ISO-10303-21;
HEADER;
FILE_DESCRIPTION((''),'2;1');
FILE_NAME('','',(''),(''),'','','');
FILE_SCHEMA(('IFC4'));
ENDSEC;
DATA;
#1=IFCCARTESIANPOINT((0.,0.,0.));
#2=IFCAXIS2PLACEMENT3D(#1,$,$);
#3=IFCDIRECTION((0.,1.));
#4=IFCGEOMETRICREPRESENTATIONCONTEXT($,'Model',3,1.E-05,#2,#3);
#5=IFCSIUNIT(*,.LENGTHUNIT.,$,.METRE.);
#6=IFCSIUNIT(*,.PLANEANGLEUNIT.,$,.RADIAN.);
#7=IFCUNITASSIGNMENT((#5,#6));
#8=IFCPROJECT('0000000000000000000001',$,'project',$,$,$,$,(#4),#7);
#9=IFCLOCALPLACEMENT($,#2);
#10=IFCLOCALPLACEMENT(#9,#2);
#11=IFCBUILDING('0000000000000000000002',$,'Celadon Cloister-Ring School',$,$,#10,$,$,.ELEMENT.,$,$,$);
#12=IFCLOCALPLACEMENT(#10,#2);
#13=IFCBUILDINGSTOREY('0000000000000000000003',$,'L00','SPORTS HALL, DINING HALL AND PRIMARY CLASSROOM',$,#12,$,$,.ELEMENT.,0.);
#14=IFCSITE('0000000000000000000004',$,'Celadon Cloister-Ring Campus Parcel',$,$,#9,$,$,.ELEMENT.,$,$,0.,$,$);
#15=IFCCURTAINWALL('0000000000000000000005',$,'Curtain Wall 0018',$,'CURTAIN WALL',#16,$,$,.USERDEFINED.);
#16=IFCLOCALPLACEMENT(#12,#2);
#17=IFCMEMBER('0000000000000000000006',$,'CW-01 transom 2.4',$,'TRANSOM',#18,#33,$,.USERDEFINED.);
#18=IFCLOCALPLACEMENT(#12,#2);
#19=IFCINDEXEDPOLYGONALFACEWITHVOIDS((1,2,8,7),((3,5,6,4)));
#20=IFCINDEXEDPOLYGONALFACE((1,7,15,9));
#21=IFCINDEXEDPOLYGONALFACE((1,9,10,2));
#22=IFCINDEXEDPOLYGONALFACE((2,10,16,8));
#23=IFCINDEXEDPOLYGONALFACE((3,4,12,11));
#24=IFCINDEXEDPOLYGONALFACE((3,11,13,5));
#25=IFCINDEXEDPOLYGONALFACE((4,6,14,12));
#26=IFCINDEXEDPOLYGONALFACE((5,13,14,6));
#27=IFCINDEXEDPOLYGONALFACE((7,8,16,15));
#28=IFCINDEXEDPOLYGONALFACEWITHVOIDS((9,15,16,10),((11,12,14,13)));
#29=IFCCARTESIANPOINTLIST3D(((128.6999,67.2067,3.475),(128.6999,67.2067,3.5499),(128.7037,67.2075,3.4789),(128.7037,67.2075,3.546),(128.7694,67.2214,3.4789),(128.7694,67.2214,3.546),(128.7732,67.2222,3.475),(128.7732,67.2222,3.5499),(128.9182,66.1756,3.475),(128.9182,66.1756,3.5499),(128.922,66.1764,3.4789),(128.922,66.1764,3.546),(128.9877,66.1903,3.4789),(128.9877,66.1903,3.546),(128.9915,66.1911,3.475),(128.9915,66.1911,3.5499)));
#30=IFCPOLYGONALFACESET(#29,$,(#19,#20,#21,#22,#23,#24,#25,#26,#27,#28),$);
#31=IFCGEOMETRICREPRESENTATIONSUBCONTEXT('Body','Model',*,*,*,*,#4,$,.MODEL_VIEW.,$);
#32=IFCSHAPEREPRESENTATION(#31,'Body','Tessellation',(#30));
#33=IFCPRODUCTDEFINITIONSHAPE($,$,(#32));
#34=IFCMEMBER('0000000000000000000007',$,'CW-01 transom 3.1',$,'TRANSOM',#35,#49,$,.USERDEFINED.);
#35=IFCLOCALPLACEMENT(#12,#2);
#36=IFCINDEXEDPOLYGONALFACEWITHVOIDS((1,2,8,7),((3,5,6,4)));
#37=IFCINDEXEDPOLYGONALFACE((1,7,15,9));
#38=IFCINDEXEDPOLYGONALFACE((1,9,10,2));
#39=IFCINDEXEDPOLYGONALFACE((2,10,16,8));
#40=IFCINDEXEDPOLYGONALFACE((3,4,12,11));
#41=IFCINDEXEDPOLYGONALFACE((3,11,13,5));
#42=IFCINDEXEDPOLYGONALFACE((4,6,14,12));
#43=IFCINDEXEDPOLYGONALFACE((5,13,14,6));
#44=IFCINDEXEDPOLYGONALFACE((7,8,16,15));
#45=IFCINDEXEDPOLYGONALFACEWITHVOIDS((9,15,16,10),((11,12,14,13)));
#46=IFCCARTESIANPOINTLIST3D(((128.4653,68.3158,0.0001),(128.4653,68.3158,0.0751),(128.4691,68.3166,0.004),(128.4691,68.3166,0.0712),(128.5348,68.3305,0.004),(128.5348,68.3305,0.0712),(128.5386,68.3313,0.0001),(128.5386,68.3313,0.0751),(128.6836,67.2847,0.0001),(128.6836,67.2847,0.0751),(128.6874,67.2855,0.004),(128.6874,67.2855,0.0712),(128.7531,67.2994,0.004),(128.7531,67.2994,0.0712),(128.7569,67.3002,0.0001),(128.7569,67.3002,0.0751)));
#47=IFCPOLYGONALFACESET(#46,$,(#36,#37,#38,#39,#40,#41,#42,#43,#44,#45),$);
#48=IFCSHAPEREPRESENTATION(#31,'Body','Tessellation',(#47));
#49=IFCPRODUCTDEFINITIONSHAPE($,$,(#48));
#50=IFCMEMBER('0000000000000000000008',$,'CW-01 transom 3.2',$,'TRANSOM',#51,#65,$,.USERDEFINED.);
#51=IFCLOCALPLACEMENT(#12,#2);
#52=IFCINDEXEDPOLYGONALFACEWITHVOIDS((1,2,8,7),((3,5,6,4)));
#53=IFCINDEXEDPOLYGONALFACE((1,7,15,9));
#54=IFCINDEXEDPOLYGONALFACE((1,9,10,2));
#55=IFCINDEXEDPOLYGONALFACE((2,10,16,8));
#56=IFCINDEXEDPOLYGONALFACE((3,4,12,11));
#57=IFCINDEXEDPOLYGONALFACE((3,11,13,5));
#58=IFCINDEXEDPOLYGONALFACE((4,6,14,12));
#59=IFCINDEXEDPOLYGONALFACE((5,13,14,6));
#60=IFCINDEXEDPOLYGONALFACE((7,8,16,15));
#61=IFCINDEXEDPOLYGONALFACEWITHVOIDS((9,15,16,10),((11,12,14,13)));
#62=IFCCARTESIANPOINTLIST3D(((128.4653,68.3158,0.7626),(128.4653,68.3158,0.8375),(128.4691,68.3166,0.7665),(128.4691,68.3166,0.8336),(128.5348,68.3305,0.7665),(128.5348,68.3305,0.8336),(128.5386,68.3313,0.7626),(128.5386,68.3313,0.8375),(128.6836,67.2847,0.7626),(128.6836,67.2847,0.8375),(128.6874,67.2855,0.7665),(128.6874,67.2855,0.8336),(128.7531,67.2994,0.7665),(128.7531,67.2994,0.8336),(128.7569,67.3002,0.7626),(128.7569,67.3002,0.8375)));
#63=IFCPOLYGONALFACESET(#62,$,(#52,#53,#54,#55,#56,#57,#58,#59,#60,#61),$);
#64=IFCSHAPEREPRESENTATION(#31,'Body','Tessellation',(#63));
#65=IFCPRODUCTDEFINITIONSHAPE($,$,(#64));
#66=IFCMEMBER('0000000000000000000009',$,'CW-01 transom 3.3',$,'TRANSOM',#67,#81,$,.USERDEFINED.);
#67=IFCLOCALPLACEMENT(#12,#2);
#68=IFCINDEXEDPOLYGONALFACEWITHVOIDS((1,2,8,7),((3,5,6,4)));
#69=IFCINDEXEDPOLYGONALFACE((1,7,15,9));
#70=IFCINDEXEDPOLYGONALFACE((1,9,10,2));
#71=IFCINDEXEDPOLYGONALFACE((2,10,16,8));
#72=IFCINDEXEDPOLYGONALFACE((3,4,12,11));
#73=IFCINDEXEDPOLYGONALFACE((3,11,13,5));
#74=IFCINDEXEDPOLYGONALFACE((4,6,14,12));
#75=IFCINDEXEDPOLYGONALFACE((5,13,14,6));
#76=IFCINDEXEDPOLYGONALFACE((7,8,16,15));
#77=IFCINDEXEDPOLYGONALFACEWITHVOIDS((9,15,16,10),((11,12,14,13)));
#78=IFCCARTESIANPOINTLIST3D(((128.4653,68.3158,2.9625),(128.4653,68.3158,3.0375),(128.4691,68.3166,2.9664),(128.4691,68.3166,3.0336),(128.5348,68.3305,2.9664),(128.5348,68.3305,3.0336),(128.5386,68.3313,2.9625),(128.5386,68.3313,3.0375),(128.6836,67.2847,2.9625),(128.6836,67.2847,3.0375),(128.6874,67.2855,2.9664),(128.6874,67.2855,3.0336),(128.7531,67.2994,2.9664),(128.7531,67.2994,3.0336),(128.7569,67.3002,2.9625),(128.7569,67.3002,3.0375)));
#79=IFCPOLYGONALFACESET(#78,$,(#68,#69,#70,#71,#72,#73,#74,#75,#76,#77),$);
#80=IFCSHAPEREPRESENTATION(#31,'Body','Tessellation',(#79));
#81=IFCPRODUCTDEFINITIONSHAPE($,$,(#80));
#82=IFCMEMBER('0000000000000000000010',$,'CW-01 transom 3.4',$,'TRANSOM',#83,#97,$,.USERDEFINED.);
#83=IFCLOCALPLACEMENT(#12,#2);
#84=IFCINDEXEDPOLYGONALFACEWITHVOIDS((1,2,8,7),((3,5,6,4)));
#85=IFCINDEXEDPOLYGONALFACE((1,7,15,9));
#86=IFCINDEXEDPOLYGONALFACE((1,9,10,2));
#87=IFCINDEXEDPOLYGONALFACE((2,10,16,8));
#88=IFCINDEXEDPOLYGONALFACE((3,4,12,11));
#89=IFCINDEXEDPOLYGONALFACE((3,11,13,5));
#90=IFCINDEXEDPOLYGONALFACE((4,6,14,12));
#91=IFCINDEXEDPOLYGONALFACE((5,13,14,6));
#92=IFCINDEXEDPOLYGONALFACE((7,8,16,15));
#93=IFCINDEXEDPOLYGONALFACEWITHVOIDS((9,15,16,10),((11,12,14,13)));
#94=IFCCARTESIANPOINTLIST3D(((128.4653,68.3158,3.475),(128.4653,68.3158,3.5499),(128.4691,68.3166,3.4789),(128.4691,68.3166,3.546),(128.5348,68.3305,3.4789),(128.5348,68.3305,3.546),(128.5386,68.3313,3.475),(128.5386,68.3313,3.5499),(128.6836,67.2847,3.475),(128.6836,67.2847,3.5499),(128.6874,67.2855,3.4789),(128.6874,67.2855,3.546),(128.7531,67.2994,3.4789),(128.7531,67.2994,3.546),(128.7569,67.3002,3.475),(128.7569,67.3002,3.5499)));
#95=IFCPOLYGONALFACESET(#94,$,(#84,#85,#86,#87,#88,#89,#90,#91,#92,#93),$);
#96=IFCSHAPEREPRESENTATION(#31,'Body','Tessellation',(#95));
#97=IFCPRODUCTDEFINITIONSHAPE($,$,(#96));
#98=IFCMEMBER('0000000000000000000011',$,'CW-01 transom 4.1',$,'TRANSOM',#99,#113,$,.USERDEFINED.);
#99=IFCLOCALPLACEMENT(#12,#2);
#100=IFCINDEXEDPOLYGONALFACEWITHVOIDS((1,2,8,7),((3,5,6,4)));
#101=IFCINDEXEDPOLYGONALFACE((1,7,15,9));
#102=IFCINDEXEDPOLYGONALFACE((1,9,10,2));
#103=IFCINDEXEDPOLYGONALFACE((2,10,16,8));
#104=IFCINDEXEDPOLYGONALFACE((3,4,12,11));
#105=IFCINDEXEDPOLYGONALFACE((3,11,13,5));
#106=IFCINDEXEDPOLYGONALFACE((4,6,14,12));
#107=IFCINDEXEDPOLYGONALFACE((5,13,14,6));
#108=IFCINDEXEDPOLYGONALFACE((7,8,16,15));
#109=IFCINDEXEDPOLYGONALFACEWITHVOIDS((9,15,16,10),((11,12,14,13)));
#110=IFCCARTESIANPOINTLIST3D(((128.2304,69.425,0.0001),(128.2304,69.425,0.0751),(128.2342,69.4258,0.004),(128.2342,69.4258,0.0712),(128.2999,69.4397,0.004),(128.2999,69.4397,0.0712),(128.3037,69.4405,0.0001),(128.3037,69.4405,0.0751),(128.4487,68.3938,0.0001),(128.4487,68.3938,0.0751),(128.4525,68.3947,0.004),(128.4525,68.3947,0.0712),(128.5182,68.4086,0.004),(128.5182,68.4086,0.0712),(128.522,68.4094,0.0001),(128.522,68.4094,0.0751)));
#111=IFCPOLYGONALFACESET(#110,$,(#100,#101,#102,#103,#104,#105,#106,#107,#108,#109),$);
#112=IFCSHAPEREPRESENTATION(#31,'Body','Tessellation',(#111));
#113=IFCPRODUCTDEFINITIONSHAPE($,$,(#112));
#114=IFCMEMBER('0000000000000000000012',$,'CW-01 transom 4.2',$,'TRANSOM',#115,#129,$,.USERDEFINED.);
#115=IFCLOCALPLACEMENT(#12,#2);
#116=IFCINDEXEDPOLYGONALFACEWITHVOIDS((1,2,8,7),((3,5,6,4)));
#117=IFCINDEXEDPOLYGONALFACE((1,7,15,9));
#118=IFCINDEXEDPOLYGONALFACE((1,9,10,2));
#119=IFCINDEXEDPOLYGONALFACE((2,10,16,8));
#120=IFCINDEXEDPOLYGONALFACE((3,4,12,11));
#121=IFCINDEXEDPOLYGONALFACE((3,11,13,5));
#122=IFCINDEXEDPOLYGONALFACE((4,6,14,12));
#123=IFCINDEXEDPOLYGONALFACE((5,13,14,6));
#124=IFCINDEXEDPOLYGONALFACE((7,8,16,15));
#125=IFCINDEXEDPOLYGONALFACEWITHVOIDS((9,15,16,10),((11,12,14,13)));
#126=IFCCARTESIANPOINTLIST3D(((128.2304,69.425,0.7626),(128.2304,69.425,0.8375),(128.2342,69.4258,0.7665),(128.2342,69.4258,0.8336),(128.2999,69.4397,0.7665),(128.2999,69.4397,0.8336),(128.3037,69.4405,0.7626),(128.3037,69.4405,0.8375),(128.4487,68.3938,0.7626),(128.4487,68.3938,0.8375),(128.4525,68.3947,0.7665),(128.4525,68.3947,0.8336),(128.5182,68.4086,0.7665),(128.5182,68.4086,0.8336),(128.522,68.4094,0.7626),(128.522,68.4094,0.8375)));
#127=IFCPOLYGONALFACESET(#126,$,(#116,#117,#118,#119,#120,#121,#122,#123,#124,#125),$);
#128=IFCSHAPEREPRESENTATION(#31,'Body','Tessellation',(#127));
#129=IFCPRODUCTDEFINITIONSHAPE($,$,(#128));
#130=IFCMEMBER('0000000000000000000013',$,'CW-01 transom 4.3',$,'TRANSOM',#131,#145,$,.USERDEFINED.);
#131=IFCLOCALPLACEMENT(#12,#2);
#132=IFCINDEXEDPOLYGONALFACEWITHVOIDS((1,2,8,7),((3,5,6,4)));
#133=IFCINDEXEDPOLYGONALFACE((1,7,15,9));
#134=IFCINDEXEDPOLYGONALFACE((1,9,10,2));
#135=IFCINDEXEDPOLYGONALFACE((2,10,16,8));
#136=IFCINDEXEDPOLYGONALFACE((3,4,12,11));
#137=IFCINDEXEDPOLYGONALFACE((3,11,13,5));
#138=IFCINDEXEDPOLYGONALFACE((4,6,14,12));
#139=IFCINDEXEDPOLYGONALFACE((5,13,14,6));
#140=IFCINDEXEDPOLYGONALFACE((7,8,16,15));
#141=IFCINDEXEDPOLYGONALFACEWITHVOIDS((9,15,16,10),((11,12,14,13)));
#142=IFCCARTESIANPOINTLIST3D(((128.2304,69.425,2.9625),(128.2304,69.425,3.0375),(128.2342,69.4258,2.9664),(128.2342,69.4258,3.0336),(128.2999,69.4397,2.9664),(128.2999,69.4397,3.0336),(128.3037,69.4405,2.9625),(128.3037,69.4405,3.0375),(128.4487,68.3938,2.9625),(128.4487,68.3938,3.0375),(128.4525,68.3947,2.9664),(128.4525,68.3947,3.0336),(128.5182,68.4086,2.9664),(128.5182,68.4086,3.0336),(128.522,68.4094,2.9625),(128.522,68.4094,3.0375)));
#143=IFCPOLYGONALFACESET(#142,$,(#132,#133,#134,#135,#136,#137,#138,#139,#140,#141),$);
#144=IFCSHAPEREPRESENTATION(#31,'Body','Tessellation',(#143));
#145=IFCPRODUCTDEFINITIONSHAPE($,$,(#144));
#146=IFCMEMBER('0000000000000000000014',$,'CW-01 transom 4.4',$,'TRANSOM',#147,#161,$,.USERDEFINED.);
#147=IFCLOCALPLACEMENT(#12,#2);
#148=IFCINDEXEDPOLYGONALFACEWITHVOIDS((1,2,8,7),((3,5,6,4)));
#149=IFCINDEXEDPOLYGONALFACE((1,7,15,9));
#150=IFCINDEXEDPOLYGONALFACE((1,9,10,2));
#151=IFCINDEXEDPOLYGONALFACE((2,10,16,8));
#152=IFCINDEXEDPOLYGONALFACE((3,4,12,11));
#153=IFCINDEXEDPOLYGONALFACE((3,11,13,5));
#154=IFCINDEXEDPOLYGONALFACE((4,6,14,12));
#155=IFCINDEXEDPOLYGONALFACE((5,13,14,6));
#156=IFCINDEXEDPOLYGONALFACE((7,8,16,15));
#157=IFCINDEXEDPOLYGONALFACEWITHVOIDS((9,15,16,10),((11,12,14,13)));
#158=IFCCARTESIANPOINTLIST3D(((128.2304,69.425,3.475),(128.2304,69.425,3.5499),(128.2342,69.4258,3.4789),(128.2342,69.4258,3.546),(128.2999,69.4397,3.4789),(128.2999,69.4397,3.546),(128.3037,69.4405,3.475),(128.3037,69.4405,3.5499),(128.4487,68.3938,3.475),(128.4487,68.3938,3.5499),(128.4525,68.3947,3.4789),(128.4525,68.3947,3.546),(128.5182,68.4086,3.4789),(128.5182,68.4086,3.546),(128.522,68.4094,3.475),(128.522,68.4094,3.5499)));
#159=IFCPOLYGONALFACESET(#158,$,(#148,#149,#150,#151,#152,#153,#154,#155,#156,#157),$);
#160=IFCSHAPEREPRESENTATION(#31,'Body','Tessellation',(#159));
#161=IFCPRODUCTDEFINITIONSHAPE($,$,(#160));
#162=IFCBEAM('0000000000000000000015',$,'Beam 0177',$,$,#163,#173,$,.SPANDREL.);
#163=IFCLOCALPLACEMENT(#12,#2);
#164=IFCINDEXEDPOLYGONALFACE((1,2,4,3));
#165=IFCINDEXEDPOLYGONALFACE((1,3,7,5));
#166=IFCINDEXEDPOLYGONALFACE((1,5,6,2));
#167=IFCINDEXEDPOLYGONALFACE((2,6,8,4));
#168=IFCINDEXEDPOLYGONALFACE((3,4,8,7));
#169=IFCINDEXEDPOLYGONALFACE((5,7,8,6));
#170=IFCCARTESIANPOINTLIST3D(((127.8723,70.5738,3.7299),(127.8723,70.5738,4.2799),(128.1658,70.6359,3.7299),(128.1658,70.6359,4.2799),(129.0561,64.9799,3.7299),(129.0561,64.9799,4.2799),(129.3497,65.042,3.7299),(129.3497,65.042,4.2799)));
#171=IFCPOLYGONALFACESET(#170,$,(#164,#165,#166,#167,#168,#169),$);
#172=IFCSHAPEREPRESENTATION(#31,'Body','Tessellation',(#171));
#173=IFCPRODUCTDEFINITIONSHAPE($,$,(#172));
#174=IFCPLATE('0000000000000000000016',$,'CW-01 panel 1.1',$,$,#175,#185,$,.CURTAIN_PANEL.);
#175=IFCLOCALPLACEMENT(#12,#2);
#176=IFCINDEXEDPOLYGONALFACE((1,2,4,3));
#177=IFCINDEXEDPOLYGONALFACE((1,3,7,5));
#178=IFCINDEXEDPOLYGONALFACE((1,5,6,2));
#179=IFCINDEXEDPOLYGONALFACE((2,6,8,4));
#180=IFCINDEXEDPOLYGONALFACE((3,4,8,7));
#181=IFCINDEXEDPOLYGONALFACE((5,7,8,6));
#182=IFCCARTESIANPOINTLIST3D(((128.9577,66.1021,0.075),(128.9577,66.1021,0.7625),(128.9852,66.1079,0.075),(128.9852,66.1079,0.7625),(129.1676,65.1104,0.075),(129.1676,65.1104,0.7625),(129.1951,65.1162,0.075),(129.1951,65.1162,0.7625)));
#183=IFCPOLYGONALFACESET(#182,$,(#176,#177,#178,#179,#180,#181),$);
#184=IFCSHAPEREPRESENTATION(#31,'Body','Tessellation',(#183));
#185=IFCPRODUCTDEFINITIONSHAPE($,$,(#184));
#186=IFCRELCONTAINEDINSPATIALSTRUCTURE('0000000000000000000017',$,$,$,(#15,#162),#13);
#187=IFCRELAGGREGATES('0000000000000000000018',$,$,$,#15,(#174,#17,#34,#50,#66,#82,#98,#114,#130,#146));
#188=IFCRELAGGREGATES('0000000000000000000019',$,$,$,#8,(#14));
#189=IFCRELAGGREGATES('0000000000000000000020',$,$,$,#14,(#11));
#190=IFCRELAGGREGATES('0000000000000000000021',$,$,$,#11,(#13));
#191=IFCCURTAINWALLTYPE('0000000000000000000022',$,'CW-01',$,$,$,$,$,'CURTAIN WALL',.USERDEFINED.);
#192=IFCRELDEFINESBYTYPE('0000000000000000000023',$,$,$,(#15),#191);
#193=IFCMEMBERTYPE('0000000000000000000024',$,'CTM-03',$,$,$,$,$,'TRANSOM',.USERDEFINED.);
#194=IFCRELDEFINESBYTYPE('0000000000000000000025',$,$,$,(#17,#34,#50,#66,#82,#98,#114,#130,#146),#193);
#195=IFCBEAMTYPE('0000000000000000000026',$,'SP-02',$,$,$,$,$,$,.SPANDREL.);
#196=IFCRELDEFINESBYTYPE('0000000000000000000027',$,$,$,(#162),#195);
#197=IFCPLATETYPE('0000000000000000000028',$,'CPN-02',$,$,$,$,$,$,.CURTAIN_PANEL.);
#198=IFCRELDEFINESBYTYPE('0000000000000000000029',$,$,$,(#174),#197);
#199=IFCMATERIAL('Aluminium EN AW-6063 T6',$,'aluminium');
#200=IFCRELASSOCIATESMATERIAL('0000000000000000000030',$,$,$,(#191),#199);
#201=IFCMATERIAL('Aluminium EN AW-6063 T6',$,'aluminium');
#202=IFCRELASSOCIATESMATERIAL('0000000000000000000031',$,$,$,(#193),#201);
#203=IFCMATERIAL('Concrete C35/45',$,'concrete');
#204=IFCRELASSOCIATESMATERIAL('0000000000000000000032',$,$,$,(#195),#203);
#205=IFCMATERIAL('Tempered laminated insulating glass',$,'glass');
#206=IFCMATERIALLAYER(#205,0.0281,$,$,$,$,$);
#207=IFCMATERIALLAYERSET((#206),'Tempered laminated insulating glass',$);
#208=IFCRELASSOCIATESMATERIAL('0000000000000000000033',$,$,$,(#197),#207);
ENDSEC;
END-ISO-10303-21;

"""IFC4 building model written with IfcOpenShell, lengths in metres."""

from ifc_helpers import new_model, si_unit, direction, frame, origin, origin_2d, place, context, subcontext, project, spatial, rectangle, hollow_rectangle, extrude, material, layer, layer_set, material_profile, profile_set, type_object, element, aggregate, save


model = new_model("IFC4")

# Units and contexts
model_context = context("Model", 3, precision=1e-05, world=origin(), true_north=direction((0.0, 1.0)))
body_context = subcontext(model_context, "Body", "Model", "MODEL_VIEW")
ifc_project = project(units=[si_unit("LENGTHUNIT", "METRE"), si_unit("PLANEANGLEUNIT", "RADIAN")], contexts=[model_context])

# Site, building, storey
site_placement = place(None, origin())
site = spatial("IfcSite", under=ifc_project, at=site_placement, Name="Celadon Cloister-Ring Campus Parcel", CompositionType="ELEMENT", RefElevation=0.0)
building_placement = place(site_placement, origin())
building = spatial("IfcBuilding", under=site, at=building_placement, Name="Celadon Cloister-Ring School", CompositionType="ELEMENT")
storey_placement = place(building_placement, origin())
storey = spatial("IfcBuildingStorey", under=building, at=storey_placement, Name="L00", Description="SPORTS HALL, DINING HALL AND PRIMARY CLASSROOM", CompositionType="ELEMENT", Elevation=0.0)

# Curtain wall, members
ifc_material_1 = material(Name="Aluminium EN AW-6063 T6", Category="aluminium")
curtain_wall_type = type_object("IfcCurtainWallType", Name="CW-01", ElementType="CURTAIN WALL", PredefinedType="USERDEFINED", material=ifc_material_1)
curtain_wall_placement = place(storey_placement, origin())
curtain_wall = element("IfcCurtainWall", 1, at=curtain_wall_placement, inside=storey, type_object=curtain_wall_type, Name="Curtain Wall 0018", ObjectType="CURTAIN WALL", PredefinedType="USERDEFINED")
ifc_material_2 = material(Name="Aluminium EN AW-6063 T6", Category="aluminium")
ifc_material_profile_1 = material_profile(ifc_material_2, hollow_rectangle(XDim=0.075, YDim=0.075, WallThickness=0.0039, at=origin_2d()), Name="RHS75X75X4")
ifc_profile_set_1 = profile_set([ifc_material_profile_1], Name="Aluminium EN AW-6063 T6")
member_type_1 = type_object("IfcMemberType", Name="CTM-03", ElementType="TRANSOM", PredefinedType="USERDEFINED", material=ifc_profile_set_1)
member_1_placement = place(storey_placement, frame((128.9548, 66.1833, 3.5125), z_axis=(-0.207108, 0.978318, 0.0), x_axis=(-0.978318, -0.207108, 0.0)))
member_1 = element("IfcMember", 2, at=member_1_placement, type_object=member_type_1, Name="CW-01 transom 2.4", ObjectType="TRANSOM", PredefinedType="USERDEFINED", context=body_context, shape_type="SweptSolid", body=[
    extrude(hollow_rectangle(XDim=0.075, YDim=0.075, WallThickness=0.0039, at=origin_2d()), origin(), (0.0, 0.0, 1.0), 1.054),
])
member_2_placement = place(storey_placement, frame((128.7202, 67.2925, 0.0376), z_axis=(-0.207108, 0.978318, 0.0), x_axis=(-0.978318, -0.207108, 0.0)))
member_2 = element("IfcMember", 3, at=member_2_placement, type_object=member_type_1, Name="CW-01 transom 3.1", ObjectType="TRANSOM", PredefinedType="USERDEFINED", context=body_context, shape_type="SweptSolid", body=[
    extrude(hollow_rectangle(XDim=0.075, YDim=0.075, WallThickness=0.0039, at=origin_2d()), origin(), (0.0, 0.0, 1.0), 1.054),
])
member_3_placement = place(storey_placement, frame((128.7202, 67.2925, 0.8), z_axis=(-0.207108, 0.978318, 0.0), x_axis=(-0.978318, -0.207108, 0.0)))
member_3 = element("IfcMember", 4, at=member_3_placement, type_object=member_type_1, Name="CW-01 transom 3.2", ObjectType="TRANSOM", PredefinedType="USERDEFINED", context=body_context, shape_type="SweptSolid", body=[
    extrude(hollow_rectangle(XDim=0.075, YDim=0.075, WallThickness=0.0039, at=origin_2d()), origin(), (0.0, 0.0, 1.0), 1.054),
])
member_4_placement = place(storey_placement, frame((128.7202, 67.2925, 3.0), z_axis=(-0.207108, 0.978318, 0.0), x_axis=(-0.978318, -0.207108, 0.0)))
member_4 = element("IfcMember", 5, at=member_4_placement, type_object=member_type_1, Name="CW-01 transom 3.3", ObjectType="TRANSOM", PredefinedType="USERDEFINED", context=body_context, shape_type="SweptSolid", body=[
    extrude(hollow_rectangle(XDim=0.075, YDim=0.075, WallThickness=0.0039, at=origin_2d()), origin(), (0.0, 0.0, 1.0), 1.054),
])
member_5_placement = place(storey_placement, frame((128.7202, 67.2925, 3.5125), z_axis=(-0.207108, 0.978318, 0.0), x_axis=(-0.978318, -0.207108, 0.0)))
member_5 = element("IfcMember", 6, at=member_5_placement, type_object=member_type_1, Name="CW-01 transom 3.4", ObjectType="TRANSOM", PredefinedType="USERDEFINED", context=body_context, shape_type="SweptSolid", body=[
    extrude(hollow_rectangle(XDim=0.075, YDim=0.075, WallThickness=0.0039, at=origin_2d()), origin(), (0.0, 0.0, 1.0), 1.054),
])
member_6_placement = place(storey_placement, frame((128.4854, 68.4016, 0.0376), z_axis=(-0.207108, 0.978318, 0.0), x_axis=(-0.978318, -0.207108, 0.0)))
member_6 = element("IfcMember", 7, at=member_6_placement, type_object=member_type_1, Name="CW-01 transom 4.1", ObjectType="TRANSOM", PredefinedType="USERDEFINED", context=body_context, shape_type="SweptSolid", body=[
    extrude(hollow_rectangle(XDim=0.075, YDim=0.075, WallThickness=0.0039, at=origin_2d()), origin(), (0.0, 0.0, 1.0), 1.054),
])
member_7_placement = place(storey_placement, frame((128.4854, 68.4016, 0.8), z_axis=(-0.207108, 0.978318, 0.0), x_axis=(-0.978318, -0.207108, 0.0)))
member_7 = element("IfcMember", 8, at=member_7_placement, type_object=member_type_1, Name="CW-01 transom 4.2", ObjectType="TRANSOM", PredefinedType="USERDEFINED", context=body_context, shape_type="SweptSolid", body=[
    extrude(hollow_rectangle(XDim=0.075, YDim=0.075, WallThickness=0.0039, at=origin_2d()), origin(), (0.0, 0.0, 1.0), 1.054),
])
member_8_placement = place(storey_placement, frame((128.4854, 68.4016, 3.0), z_axis=(-0.207108, 0.978318, 0.0), x_axis=(-0.978318, -0.207108, 0.0)))
member_8 = element("IfcMember", 9, at=member_8_placement, type_object=member_type_1, Name="CW-01 transom 4.3", ObjectType="TRANSOM", PredefinedType="USERDEFINED", context=body_context, shape_type="SweptSolid", body=[
    extrude(hollow_rectangle(XDim=0.075, YDim=0.075, WallThickness=0.0039, at=origin_2d()), origin(), (0.0, 0.0, 1.0), 1.054),
])
member_9_placement = place(storey_placement, frame((128.4854, 68.4016, 3.5125), z_axis=(-0.207108, 0.978318, 0.0), x_axis=(-0.978318, -0.207108, 0.0)))
member_9 = element("IfcMember", 10, at=member_9_placement, type_object=member_type_1, Name="CW-01 transom 4.4", ObjectType="TRANSOM", PredefinedType="USERDEFINED", context=body_context, shape_type="SweptSolid", body=[
    extrude(hollow_rectangle(XDim=0.075, YDim=0.075, WallThickness=0.0039, at=origin_2d()), origin(), (0.0, 0.0, 1.0), 1.054),
])

# Beam
ifc_material_3 = material(Name="Concrete C35/45", Category="concrete")
ifc_material_profile_2 = material_profile(ifc_material_3, rectangle(XDim=0.3, YDim=0.55, at=origin_2d()), Name="RC300X550")
ifc_profile_set_2 = profile_set([ifc_material_profile_2], Name="Concrete C35/45")
beam_type = type_object("IfcBeamType", Name="SP-02", PredefinedType="SPANDREL", material=ifc_profile_set_2)
beam_placement = place(storey_placement, frame((129.2029, 65.011, 4.0049), z_axis=(-0.207041, 0.978332, 0.0), x_axis=(-0.978332, -0.207041, 0.0)))
element("IfcBeam", 11, at=beam_placement, inside=storey, type_object=beam_type, Name="Beam 0177", PredefinedType="SPANDREL", context=body_context, shape_type="SweptSolid", body=[
    extrude(rectangle(XDim=0.3, YDim=0.55, at=origin_2d()), origin(), (0.0, 0.0, 1.0), 5.7178),
])

# Plate
ifc_material_4 = material(Name="Tempered laminated insulating glass", Category="glass")
ifc_layer = layer(ifc_material_4, 0.0281)
ifc_layer_set = layer_set([ifc_layer], Name="Tempered laminated insulating glass")
plate_type = type_object("IfcPlateType", Name="CPN-02", PredefinedType="CURTAIN_PANEL", material=ifc_layer_set)
plate_1_placement = place(storey_placement, frame((129.0764, 65.6091, 0.075), z_axis=(0.0, 0.0, 1.0), x_axis=(-0.207095, 0.978321, 0.0)))
plate_1 = element("IfcPlate", 12, at=plate_1_placement, type_object=plate_type, Name="CW-01 panel 1.1", PredefinedType="CURTAIN_PANEL", context=body_context, shape_type="SweptSolid", body=[
    extrude(rectangle(XDim=1.0137, YDim=0.0281, at=origin_2d()), origin(), (0.0, 0.0, 1.0), 0.6875),
])
aggregate(curtain_wall, [plate_1, member_1, member_2, member_3, member_4, member_5, member_6, member_7, member_8, member_9])

save(model, "model.ifc")
